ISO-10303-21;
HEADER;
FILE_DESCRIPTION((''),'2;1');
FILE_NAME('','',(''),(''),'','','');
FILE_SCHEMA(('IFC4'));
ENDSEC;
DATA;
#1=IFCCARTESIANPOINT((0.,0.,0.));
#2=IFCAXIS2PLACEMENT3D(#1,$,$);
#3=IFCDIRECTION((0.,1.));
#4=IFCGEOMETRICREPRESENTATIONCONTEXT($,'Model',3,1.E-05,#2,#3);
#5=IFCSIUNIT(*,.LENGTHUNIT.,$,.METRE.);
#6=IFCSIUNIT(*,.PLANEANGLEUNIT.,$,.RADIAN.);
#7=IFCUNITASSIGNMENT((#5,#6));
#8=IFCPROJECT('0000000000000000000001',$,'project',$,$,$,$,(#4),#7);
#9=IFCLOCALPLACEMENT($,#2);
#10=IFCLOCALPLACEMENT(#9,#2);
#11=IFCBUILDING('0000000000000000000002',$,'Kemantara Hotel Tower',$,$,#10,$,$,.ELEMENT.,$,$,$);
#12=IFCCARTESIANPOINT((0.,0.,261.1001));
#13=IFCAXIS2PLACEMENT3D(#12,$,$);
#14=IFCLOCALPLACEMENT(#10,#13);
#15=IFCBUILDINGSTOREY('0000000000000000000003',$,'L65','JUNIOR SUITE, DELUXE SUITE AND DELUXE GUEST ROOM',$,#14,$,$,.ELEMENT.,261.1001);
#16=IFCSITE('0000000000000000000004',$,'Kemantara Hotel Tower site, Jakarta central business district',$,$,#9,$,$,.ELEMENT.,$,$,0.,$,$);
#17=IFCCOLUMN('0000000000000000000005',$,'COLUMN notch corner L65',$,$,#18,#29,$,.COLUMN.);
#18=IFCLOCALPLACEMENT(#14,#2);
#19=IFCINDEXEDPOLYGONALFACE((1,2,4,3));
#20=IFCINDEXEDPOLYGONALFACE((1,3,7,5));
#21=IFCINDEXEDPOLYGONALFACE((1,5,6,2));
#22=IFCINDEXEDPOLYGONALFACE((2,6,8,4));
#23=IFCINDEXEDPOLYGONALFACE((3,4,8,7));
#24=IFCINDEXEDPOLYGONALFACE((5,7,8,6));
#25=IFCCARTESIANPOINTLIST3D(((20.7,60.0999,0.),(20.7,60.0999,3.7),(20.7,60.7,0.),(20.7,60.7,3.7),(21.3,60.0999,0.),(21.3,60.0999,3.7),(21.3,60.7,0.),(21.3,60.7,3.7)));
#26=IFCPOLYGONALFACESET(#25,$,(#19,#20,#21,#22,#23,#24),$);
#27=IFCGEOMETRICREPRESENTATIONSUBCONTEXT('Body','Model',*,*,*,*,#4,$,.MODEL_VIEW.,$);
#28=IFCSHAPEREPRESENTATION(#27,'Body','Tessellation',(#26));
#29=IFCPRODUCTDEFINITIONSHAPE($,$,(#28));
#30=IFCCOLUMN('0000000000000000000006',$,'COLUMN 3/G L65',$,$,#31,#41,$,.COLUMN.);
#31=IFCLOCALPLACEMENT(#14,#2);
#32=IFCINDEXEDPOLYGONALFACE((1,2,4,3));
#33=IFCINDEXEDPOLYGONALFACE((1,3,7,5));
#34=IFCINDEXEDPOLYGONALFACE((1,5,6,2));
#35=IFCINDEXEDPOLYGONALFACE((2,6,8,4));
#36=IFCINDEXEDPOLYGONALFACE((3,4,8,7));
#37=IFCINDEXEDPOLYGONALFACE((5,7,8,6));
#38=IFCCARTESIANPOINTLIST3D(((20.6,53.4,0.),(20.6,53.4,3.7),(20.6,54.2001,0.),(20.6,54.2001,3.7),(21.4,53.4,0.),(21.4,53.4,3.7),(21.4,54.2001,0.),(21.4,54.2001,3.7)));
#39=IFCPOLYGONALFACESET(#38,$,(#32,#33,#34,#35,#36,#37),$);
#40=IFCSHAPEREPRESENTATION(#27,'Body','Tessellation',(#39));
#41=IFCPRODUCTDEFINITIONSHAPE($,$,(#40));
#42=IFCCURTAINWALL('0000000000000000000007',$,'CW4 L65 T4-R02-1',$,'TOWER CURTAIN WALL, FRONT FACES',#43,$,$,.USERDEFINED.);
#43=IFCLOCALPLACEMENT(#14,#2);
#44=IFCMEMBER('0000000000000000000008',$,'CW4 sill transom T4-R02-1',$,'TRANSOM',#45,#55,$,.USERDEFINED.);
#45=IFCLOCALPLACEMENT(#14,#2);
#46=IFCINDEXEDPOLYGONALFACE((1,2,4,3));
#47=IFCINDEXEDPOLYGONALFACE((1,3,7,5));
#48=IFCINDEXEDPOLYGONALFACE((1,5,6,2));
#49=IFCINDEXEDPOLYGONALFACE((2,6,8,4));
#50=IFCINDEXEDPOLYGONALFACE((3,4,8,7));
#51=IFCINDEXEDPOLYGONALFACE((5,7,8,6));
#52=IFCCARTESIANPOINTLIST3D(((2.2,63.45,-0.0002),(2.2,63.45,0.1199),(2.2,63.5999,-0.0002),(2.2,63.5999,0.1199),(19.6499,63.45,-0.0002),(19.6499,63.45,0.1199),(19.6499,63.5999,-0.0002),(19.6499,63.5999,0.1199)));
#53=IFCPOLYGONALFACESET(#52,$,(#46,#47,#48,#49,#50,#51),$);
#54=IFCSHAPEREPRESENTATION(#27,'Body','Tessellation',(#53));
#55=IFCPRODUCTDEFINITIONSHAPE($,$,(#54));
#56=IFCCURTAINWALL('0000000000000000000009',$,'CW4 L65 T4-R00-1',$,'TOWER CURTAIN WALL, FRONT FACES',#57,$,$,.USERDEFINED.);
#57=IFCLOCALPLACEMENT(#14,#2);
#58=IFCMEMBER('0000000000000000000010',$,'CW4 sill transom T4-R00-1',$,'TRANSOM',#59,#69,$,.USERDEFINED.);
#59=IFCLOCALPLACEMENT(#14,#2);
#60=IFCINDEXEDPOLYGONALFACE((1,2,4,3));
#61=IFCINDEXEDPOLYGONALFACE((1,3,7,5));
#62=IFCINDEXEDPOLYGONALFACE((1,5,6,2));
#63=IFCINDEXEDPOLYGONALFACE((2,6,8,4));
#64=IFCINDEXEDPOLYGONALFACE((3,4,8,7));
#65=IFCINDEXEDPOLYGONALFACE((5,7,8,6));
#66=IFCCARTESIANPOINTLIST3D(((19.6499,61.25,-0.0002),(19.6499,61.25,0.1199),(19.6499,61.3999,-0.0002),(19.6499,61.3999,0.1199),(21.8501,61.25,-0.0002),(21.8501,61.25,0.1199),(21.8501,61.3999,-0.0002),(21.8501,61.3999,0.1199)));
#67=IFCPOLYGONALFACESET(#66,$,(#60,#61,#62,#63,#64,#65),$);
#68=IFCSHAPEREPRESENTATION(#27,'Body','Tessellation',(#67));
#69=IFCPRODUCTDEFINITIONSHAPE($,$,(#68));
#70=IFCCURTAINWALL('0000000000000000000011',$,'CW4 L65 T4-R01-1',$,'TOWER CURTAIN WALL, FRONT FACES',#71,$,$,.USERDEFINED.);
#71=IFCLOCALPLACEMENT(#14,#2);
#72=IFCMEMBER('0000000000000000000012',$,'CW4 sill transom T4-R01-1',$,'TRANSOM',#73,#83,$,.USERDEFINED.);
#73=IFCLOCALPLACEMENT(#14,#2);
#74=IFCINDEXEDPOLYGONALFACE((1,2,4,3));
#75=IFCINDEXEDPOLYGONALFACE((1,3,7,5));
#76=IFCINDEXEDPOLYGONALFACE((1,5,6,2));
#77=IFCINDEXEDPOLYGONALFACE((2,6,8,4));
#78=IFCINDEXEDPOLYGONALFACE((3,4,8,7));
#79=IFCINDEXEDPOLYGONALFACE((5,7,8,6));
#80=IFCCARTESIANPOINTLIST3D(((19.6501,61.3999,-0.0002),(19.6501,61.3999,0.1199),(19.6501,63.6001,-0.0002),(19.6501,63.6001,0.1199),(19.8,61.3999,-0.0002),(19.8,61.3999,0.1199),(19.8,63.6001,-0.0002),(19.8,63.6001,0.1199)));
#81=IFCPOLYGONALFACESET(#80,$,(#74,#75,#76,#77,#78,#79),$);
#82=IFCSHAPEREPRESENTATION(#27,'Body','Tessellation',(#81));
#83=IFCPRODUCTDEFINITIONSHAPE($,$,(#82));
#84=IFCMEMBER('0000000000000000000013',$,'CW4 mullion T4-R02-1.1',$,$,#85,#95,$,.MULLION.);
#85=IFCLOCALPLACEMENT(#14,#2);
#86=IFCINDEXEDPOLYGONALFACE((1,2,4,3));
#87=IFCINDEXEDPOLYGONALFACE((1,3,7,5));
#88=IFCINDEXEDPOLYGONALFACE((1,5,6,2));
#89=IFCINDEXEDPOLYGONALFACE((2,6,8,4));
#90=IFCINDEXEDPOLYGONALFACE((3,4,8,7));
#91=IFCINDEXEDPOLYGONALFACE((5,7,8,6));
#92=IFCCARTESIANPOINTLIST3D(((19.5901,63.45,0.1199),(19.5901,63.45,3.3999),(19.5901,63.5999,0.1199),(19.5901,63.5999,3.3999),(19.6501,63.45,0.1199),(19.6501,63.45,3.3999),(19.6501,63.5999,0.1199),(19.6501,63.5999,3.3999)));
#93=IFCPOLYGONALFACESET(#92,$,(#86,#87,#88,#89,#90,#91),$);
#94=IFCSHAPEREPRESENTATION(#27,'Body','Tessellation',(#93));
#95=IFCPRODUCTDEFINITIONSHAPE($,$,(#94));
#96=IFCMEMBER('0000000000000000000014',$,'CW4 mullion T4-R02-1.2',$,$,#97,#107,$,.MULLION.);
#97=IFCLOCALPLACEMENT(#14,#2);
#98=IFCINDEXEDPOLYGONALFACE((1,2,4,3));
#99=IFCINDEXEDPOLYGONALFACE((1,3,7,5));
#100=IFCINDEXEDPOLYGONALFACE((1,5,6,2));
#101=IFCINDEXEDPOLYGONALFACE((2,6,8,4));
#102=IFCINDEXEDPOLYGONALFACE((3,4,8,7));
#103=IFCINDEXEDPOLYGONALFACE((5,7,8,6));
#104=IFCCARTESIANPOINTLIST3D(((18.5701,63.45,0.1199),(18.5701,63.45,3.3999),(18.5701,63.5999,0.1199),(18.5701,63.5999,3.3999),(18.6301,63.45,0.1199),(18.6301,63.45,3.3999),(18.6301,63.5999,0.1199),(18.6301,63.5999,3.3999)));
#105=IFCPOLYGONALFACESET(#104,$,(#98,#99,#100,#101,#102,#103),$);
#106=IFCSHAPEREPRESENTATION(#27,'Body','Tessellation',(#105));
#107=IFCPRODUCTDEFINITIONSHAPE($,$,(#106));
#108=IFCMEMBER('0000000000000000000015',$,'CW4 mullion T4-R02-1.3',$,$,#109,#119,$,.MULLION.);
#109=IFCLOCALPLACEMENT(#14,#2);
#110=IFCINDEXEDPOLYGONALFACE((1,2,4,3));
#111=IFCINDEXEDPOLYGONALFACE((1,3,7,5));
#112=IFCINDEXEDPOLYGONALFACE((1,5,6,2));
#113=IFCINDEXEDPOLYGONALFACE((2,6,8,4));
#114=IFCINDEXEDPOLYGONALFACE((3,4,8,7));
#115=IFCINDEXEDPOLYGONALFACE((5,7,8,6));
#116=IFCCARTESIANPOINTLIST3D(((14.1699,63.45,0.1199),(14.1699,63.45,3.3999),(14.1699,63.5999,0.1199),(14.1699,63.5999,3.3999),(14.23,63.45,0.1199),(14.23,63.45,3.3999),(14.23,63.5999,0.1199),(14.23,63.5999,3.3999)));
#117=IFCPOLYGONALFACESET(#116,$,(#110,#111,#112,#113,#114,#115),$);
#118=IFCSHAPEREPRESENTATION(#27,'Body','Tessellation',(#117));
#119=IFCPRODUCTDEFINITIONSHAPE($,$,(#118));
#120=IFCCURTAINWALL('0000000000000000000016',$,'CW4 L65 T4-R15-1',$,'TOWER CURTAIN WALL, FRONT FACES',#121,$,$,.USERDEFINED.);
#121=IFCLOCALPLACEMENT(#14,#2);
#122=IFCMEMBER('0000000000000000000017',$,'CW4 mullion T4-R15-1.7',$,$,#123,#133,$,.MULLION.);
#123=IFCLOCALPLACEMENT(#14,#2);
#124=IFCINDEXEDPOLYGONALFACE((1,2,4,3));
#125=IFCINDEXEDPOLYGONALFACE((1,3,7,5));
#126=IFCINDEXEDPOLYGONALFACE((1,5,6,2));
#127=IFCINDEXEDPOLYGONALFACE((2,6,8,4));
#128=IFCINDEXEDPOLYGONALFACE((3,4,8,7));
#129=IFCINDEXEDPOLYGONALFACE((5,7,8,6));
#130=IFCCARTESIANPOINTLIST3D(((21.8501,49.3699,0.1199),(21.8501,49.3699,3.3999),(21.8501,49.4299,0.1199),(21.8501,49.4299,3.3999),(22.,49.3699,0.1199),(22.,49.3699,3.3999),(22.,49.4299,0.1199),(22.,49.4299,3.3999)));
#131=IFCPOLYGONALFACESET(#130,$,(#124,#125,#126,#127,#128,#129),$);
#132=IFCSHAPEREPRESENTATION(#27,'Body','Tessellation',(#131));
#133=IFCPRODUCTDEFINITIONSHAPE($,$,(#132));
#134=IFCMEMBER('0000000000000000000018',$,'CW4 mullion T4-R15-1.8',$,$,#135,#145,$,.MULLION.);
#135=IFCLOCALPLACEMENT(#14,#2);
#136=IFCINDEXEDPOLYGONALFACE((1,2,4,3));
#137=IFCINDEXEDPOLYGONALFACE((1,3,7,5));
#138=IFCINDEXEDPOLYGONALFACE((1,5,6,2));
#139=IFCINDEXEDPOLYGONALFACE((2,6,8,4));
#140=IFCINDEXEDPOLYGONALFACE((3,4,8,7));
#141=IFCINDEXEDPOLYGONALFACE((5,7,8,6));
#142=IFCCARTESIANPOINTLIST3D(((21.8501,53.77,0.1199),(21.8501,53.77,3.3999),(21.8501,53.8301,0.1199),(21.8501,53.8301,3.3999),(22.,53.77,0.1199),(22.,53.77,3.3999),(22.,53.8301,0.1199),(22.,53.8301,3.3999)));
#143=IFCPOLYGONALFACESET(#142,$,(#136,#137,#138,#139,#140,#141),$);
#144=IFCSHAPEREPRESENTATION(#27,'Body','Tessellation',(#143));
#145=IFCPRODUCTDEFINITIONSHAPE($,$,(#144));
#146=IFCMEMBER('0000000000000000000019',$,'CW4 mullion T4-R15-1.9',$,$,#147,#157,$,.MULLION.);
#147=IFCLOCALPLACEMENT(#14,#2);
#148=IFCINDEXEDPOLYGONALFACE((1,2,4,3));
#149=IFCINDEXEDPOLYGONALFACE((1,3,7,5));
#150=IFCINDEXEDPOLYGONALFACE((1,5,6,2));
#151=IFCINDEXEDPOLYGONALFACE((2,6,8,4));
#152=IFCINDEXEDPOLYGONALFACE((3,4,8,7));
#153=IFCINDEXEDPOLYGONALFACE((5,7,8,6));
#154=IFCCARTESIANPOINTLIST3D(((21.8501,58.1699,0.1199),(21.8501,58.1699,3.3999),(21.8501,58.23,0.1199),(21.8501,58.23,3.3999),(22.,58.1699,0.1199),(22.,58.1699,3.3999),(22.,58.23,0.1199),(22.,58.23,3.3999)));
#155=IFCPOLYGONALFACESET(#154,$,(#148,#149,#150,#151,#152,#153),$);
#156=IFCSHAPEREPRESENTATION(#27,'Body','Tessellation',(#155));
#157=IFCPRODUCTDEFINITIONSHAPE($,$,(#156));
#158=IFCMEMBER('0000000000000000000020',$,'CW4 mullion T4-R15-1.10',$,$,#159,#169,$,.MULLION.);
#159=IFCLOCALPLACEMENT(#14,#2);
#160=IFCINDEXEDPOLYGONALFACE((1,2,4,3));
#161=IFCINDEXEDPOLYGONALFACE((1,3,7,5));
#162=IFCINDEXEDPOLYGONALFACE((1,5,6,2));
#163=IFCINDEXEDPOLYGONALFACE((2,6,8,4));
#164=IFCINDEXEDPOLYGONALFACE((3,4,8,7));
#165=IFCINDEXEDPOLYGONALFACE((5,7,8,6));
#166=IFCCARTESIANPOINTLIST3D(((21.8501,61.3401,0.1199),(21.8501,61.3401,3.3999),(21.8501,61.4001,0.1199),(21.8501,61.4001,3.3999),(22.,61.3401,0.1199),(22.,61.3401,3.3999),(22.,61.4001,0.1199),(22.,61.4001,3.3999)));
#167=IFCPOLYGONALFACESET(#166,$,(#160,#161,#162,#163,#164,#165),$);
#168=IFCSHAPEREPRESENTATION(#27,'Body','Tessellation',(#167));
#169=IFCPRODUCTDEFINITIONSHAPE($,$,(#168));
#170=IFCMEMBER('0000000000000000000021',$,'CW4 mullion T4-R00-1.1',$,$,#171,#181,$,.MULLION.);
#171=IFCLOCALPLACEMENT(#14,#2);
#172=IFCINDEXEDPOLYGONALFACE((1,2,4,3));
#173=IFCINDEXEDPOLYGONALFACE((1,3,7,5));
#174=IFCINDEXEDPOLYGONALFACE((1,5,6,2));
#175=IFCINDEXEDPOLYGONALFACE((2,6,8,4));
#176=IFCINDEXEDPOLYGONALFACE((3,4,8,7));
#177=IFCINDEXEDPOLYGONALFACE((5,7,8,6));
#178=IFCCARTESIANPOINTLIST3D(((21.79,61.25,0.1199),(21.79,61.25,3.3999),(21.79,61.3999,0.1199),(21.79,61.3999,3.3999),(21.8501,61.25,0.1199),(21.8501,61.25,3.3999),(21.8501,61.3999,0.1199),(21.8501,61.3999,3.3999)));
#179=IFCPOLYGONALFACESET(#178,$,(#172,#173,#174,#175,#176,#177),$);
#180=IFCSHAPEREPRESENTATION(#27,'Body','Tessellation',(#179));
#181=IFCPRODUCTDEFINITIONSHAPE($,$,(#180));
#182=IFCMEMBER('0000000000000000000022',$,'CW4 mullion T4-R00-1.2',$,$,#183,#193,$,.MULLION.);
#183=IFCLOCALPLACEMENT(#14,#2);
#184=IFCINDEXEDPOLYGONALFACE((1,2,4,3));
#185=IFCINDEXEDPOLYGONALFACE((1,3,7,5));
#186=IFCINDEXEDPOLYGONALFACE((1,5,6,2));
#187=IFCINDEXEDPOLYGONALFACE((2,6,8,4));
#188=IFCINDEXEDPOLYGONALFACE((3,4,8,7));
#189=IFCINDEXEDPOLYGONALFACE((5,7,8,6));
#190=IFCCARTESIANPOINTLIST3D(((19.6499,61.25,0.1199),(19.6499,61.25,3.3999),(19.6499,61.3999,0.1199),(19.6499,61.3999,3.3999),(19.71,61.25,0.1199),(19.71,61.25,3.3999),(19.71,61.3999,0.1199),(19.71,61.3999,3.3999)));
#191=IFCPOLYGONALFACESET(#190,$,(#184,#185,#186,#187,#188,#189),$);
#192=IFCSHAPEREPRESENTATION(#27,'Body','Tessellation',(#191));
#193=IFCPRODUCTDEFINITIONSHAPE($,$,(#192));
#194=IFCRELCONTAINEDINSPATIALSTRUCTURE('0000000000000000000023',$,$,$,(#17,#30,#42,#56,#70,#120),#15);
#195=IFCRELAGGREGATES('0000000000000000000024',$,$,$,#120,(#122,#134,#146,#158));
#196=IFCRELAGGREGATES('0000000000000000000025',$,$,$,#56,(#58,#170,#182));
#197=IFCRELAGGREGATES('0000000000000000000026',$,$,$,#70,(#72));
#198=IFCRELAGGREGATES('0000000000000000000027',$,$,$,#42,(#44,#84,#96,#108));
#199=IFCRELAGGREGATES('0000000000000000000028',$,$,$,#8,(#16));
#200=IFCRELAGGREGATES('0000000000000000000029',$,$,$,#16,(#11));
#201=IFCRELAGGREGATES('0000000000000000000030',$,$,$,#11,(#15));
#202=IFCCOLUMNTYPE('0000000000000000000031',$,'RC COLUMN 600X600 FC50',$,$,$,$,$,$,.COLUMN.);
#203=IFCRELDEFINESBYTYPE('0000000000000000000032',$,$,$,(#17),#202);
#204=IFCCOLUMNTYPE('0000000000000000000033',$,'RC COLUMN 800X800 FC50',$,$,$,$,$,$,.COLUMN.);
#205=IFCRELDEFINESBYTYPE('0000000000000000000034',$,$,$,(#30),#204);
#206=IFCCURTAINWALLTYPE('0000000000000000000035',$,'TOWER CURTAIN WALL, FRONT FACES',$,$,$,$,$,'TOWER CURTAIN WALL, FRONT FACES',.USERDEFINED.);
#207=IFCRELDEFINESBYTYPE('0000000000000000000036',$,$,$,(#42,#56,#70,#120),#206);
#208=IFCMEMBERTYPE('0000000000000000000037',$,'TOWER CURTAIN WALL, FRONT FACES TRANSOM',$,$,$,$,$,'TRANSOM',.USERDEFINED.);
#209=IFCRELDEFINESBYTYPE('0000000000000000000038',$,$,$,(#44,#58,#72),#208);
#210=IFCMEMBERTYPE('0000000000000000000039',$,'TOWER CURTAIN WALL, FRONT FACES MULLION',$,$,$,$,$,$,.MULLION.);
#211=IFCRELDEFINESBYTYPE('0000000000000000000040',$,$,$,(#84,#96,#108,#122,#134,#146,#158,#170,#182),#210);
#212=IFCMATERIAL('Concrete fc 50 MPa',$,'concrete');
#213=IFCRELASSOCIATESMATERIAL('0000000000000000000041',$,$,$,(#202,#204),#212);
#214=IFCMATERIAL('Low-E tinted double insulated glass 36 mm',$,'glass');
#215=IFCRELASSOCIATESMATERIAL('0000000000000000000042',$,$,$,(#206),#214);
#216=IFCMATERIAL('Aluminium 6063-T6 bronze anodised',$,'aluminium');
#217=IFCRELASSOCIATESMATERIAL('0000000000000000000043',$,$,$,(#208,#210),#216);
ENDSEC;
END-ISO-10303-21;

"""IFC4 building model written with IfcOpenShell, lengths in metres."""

from ifc_helpers import new_model, si_unit, direction, frame, origin, origin_2d, place, context, subcontext, project, spatial, rectangle, extrude, source, transform, mapped, material, material_profile, profile_set, type_object, element, aggregate, save


model = new_model("IFC4")

# Units and contexts
model_context = context("Model", 3, precision=1e-05, world=origin(), true_north=direction((0.0, 1.0)))
body_context = subcontext(model_context, "Body", "Model", "MODEL_VIEW")
ifc_project = project(units=[si_unit("LENGTHUNIT", "METRE"), si_unit("PLANEANGLEUNIT", "RADIAN")], contexts=[model_context])

# Site, building, storey
site_placement = place(None, origin())
site = spatial("IfcSite", under=ifc_project, at=site_placement, Name="Kemantara Hotel Tower site, Jakarta central business district", CompositionType="ELEMENT", RefElevation=0.0)
building_placement = place(site_placement, origin())
building = spatial("IfcBuilding", under=site, at=building_placement, Name="Kemantara Hotel Tower", CompositionType="ELEMENT")
storey_placement = place(building_placement, frame((0.0, 0.0, 261.1001)))
storey = spatial("IfcBuildingStorey", under=building, at=storey_placement, Name="L65", Description="JUNIOR SUITE, DELUXE SUITE AND DELUXE GUEST ROOM", CompositionType="ELEMENT", Elevation=261.1001)

# Columns
ifc_material_1 = material(Name="Concrete fc 50 MPa", Category="concrete")
ifc_material_profile_1 = material_profile(ifc_material_1, rectangle(XDim=0.6001, YDim=0.6001, at=origin_2d()), Name="RC 600X600")
ifc_profile_set_1 = profile_set([ifc_material_profile_1], Name="Concrete fc 50 MPa")
column_type_1 = type_object("IfcColumnType", Name="RC COLUMN 600X600 FC50", PredefinedType="COLUMN", material=ifc_profile_set_1)
column_1_placement = place(storey_placement, frame((21.0, 60.3999, 0.0), z_axis=(0.0, 0.0, 1.0), x_axis=(1.0, 0.0, 0.0)))
element("IfcColumn", 1, at=column_1_placement, inside=storey, type_object=column_type_1, Name="COLUMN notch corner L65", PredefinedType="COLUMN", context=body_context, shape_type="SweptSolid", body=[
    extrude(rectangle(XDim=0.6001, YDim=0.6001, at=origin_2d()), origin(), (0.0, 0.0, 1.0), 3.7),
])
ifc_material_profile_2 = material_profile(ifc_material_1, rectangle(XDim=0.8, YDim=0.8, at=origin_2d()), Name="RC 800X800")
ifc_profile_set_2 = profile_set([ifc_material_profile_2], Name="Concrete fc 50 MPa")
column_type_2 = type_object("IfcColumnType", Name="RC COLUMN 800X800 FC50", PredefinedType="COLUMN", material=ifc_profile_set_2)
column_2_placement = place(storey_placement, frame((21.0, 53.8, 0.0), z_axis=(0.0, 0.0, 1.0), x_axis=(1.0, 0.0, 0.0)))
element("IfcColumn", 2, at=column_2_placement, inside=storey, type_object=column_type_2, Name="COLUMN 3/G L65", PredefinedType="COLUMN", context=body_context, shape_type="SweptSolid", body=[
    extrude(rectangle(XDim=0.8, YDim=0.8, at=origin_2d()), origin(), (0.0, 0.0, 1.0), 3.7),
])

# Curtain walls, members
ifc_material_2 = material(Name="Low-E tinted double insulated glass 36 mm", Category="glass")
curtain_wall_type = type_object("IfcCurtainWallType", Name="TOWER CURTAIN WALL, FRONT FACES", ElementType="TOWER CURTAIN WALL, FRONT FACES", PredefinedType="USERDEFINED", material=ifc_material_2)
curtain_wall_1_placement = place(storey_placement, origin())
curtain_wall_1 = element("IfcCurtainWall", 3, at=curtain_wall_1_placement, inside=storey, type_object=curtain_wall_type, Name="CW4 L65 T4-R02-1", ObjectType="TOWER CURTAIN WALL, FRONT FACES", PredefinedType="USERDEFINED")
ifc_material_3 = material(Name="Aluminium 6063-T6 bronze anodised", Category="aluminium")
ifc_material_profile_3 = material_profile(ifc_material_3, rectangle(XDim=0.1499, YDim=0.1201, at=origin_2d()), Name="TOWER CURTAIN WALL, FRONT FACES TRANSOM")
ifc_profile_set_3 = profile_set([ifc_material_profile_3], Name="Aluminium 6063-T6 bronze anodised")
member_type_1 = type_object("IfcMemberType", Name="TOWER CURTAIN WALL, FRONT FACES TRANSOM", ElementType="TRANSOM", PredefinedType="USERDEFINED", material=ifc_profile_set_3)
member_1_placement = place(storey_placement, frame((19.6499, 63.5249, 0.0598), z_axis=(-1.0, 0.0, 0.0), x_axis=(0.0, -1.0, 0.0)))
member_1 = element("IfcMember", 4, at=member_1_placement, type_object=member_type_1, Name="CW4 sill transom T4-R02-1", ObjectType="TRANSOM", PredefinedType="USERDEFINED", context=body_context, shape_type="SweptSolid", body=[
    extrude(rectangle(XDim=0.1499, YDim=0.1201, at=origin_2d()), origin(), (0.0, 0.0, 1.0), 17.45),
])
curtain_wall_2_placement = place(storey_placement, origin())
curtain_wall_2 = element("IfcCurtainWall", 5, at=curtain_wall_2_placement, inside=storey, type_object=curtain_wall_type, Name="CW4 L65 T4-R00-1", ObjectType="TOWER CURTAIN WALL, FRONT FACES", PredefinedType="USERDEFINED")
member_2_placement = place(storey_placement, frame((21.8501, 61.325, 0.0598), z_axis=(-1.0, 0.0, 0.0), x_axis=(0.0, -1.0, 0.0)))
member_2 = element("IfcMember", 6, at=member_2_placement, type_object=member_type_1, Name="CW4 sill transom T4-R00-1", ObjectType="TRANSOM", PredefinedType="USERDEFINED", context=body_context, shape_type="SweptSolid", body=[
    extrude(rectangle(XDim=0.1499, YDim=0.1201, at=origin_2d()), origin(), (0.0, 0.0, 1.0), 2.2002),
])
curtain_wall_3_placement = place(storey_placement, origin())
curtain_wall_3 = element("IfcCurtainWall", 7, at=curtain_wall_3_placement, inside=storey, type_object=curtain_wall_type, Name="CW4 L65 T4-R01-1", ObjectType="TOWER CURTAIN WALL, FRONT FACES", PredefinedType="USERDEFINED")
member_3_placement = place(storey_placement, frame((19.7251, 61.3999, 0.0598), z_axis=(0.0, 1.0, 0.0), x_axis=(-1.0, 0.0, 0.0)))
member_3 = element("IfcMember", 8, at=member_3_placement, type_object=member_type_1, Name="CW4 sill transom T4-R01-1", ObjectType="TRANSOM", PredefinedType="USERDEFINED", context=body_context, shape_type="SweptSolid", body=[
    extrude(rectangle(XDim=0.1499, YDim=0.1201, at=origin_2d()), origin(), (0.0, 0.0, 1.0), 2.2002),
])

# Members
ifc_material_profile_4 = material_profile(ifc_material_3, rectangle(XDim=0.1499, YDim=0.0601, at=origin_2d()), Name="TOWER CURTAIN WALL, FRONT FACES MULLION")
ifc_profile_set_4 = profile_set([ifc_material_profile_4], Name="Aluminium 6063-T6 bronze anodised")
member_type_2 = type_object("IfcMemberType", Name="TOWER CURTAIN WALL, FRONT FACES MULLION", PredefinedType="MULLION", material=ifc_profile_set_4)
shared_shape_1 = source(origin(), body_context, "Body", "SweptSolid", [
    extrude(rectangle(XDim=0.1499, YDim=0.0601, at=origin_2d()), origin(), (0.0, 0.0, 1.0), 3.28),
])
member_4_placement = place(storey_placement, frame((19.6201, 63.5249, 0.1199), z_axis=(0.0, 0.0, 1.0), x_axis=(0.0, -1.0, 0.0)))
member_4 = element("IfcMember", 9, at=member_4_placement, type_object=member_type_2, Name="CW4 mullion T4-R02-1.1", PredefinedType="MULLION", context=body_context, shape_type="MappedRepresentation", body=[
    mapped(shared_shape_1, transform((0.0, 0.0, 0.0))),
])
member_5_placement = place(storey_placement, frame((18.6001, 63.5249, 0.1199), z_axis=(0.0, 0.0, 1.0), x_axis=(0.0, -1.0, 0.0)))
member_5 = element("IfcMember", 10, at=member_5_placement, type_object=member_type_2, Name="CW4 mullion T4-R02-1.2", PredefinedType="MULLION", context=body_context, shape_type="MappedRepresentation", body=[
    mapped(shared_shape_1, transform((0.0, 0.0, 0.0))),
])
member_6_placement = place(storey_placement, frame((14.2, 63.5249, 0.1199), z_axis=(0.0, 0.0, 1.0), x_axis=(0.0, -1.0, 0.0)))
member_6 = element("IfcMember", 11, at=member_6_placement, type_object=member_type_2, Name="CW4 mullion T4-R02-1.3", PredefinedType="MULLION", context=body_context, shape_type="MappedRepresentation", body=[
    mapped(shared_shape_1, transform((0.0, 0.0, 0.0))),
])

# Curtain wall, members
curtain_wall_4_placement = place(storey_placement, origin())
curtain_wall_4 = element("IfcCurtainWall", 12, at=curtain_wall_4_placement, inside=storey, type_object=curtain_wall_type, Name="CW4 L65 T4-R15-1", ObjectType="TOWER CURTAIN WALL, FRONT FACES", PredefinedType="USERDEFINED")
member_7_placement = place(storey_placement, frame((21.925, 49.3999, 0.1199), z_axis=(0.0, 0.0, 1.0), x_axis=(-1.0, 0.0, 0.0)))
member_7 = element("IfcMember", 13, at=member_7_placement, type_object=member_type_2, Name="CW4 mullion T4-R15-1.7", PredefinedType="MULLION", context=body_context, shape_type="MappedRepresentation", body=[
    mapped(shared_shape_1, transform((0.0, 0.0, 0.0))),
])
member_8_placement = place(storey_placement, frame((21.925, 53.8, 0.1199), z_axis=(0.0, 0.0, 1.0), x_axis=(-1.0, 0.0, 0.0)))
member_8 = element("IfcMember", 14, at=member_8_placement, type_object=member_type_2, Name="CW4 mullion T4-R15-1.8", PredefinedType="MULLION", context=body_context, shape_type="MappedRepresentation", body=[
    mapped(shared_shape_1, transform((0.0, 0.0, 0.0))),
])
member_9_placement = place(storey_placement, frame((21.925, 58.2, 0.1199), z_axis=(0.0, 0.0, 1.0), x_axis=(-1.0, 0.0, 0.0)))
member_9 = element("IfcMember", 15, at=member_9_placement, type_object=member_type_2, Name="CW4 mullion T4-R15-1.9", PredefinedType="MULLION", context=body_context, shape_type="MappedRepresentation", body=[
    mapped(shared_shape_1, transform((0.0, 0.0, 0.0))),
])
member_10_placement = place(storey_placement, frame((21.925, 61.3701, 0.1199), z_axis=(0.0, 0.0, 1.0), x_axis=(-1.0, 0.0, 0.0)))
member_10 = element("IfcMember", 16, at=member_10_placement, type_object=member_type_2, Name="CW4 mullion T4-R15-1.10", PredefinedType="MULLION", context=body_context, shape_type="MappedRepresentation", body=[
    mapped(shared_shape_1, transform((0.0, 0.0, 0.0))),
])

# Members
member_11_placement = place(storey_placement, frame((21.8201, 61.325, 0.1199), z_axis=(0.0, 0.0, 1.0), x_axis=(0.0, -1.0, 0.0)))
member_11 = element("IfcMember", 17, at=member_11_placement, type_object=member_type_2, Name="CW4 mullion T4-R00-1.1", PredefinedType="MULLION", context=body_context, shape_type="MappedRepresentation", body=[
    mapped(shared_shape_1, transform((0.0, 0.0, 0.0))),
])
member_12_placement = place(storey_placement, frame((19.6799, 61.325, 0.1199), z_axis=(0.0, 0.0, 1.0), x_axis=(0.0, -1.0, 0.0)))
member_12 = element("IfcMember", 18, at=member_12_placement, type_object=member_type_2, Name="CW4 mullion T4-R00-1.2", PredefinedType="MULLION", context=body_context, shape_type="MappedRepresentation", body=[
    mapped(shared_shape_1, transform((0.0, 0.0, 0.0))),
])

aggregate(curtain_wall_4, [member_7, member_8, member_9, member_10])
aggregate(curtain_wall_2, [member_2, member_11, member_12])
aggregate(curtain_wall_3, [member_3])
aggregate(curtain_wall_1, [member_1, member_4, member_5, member_6])

save(model, "model.ifc")
